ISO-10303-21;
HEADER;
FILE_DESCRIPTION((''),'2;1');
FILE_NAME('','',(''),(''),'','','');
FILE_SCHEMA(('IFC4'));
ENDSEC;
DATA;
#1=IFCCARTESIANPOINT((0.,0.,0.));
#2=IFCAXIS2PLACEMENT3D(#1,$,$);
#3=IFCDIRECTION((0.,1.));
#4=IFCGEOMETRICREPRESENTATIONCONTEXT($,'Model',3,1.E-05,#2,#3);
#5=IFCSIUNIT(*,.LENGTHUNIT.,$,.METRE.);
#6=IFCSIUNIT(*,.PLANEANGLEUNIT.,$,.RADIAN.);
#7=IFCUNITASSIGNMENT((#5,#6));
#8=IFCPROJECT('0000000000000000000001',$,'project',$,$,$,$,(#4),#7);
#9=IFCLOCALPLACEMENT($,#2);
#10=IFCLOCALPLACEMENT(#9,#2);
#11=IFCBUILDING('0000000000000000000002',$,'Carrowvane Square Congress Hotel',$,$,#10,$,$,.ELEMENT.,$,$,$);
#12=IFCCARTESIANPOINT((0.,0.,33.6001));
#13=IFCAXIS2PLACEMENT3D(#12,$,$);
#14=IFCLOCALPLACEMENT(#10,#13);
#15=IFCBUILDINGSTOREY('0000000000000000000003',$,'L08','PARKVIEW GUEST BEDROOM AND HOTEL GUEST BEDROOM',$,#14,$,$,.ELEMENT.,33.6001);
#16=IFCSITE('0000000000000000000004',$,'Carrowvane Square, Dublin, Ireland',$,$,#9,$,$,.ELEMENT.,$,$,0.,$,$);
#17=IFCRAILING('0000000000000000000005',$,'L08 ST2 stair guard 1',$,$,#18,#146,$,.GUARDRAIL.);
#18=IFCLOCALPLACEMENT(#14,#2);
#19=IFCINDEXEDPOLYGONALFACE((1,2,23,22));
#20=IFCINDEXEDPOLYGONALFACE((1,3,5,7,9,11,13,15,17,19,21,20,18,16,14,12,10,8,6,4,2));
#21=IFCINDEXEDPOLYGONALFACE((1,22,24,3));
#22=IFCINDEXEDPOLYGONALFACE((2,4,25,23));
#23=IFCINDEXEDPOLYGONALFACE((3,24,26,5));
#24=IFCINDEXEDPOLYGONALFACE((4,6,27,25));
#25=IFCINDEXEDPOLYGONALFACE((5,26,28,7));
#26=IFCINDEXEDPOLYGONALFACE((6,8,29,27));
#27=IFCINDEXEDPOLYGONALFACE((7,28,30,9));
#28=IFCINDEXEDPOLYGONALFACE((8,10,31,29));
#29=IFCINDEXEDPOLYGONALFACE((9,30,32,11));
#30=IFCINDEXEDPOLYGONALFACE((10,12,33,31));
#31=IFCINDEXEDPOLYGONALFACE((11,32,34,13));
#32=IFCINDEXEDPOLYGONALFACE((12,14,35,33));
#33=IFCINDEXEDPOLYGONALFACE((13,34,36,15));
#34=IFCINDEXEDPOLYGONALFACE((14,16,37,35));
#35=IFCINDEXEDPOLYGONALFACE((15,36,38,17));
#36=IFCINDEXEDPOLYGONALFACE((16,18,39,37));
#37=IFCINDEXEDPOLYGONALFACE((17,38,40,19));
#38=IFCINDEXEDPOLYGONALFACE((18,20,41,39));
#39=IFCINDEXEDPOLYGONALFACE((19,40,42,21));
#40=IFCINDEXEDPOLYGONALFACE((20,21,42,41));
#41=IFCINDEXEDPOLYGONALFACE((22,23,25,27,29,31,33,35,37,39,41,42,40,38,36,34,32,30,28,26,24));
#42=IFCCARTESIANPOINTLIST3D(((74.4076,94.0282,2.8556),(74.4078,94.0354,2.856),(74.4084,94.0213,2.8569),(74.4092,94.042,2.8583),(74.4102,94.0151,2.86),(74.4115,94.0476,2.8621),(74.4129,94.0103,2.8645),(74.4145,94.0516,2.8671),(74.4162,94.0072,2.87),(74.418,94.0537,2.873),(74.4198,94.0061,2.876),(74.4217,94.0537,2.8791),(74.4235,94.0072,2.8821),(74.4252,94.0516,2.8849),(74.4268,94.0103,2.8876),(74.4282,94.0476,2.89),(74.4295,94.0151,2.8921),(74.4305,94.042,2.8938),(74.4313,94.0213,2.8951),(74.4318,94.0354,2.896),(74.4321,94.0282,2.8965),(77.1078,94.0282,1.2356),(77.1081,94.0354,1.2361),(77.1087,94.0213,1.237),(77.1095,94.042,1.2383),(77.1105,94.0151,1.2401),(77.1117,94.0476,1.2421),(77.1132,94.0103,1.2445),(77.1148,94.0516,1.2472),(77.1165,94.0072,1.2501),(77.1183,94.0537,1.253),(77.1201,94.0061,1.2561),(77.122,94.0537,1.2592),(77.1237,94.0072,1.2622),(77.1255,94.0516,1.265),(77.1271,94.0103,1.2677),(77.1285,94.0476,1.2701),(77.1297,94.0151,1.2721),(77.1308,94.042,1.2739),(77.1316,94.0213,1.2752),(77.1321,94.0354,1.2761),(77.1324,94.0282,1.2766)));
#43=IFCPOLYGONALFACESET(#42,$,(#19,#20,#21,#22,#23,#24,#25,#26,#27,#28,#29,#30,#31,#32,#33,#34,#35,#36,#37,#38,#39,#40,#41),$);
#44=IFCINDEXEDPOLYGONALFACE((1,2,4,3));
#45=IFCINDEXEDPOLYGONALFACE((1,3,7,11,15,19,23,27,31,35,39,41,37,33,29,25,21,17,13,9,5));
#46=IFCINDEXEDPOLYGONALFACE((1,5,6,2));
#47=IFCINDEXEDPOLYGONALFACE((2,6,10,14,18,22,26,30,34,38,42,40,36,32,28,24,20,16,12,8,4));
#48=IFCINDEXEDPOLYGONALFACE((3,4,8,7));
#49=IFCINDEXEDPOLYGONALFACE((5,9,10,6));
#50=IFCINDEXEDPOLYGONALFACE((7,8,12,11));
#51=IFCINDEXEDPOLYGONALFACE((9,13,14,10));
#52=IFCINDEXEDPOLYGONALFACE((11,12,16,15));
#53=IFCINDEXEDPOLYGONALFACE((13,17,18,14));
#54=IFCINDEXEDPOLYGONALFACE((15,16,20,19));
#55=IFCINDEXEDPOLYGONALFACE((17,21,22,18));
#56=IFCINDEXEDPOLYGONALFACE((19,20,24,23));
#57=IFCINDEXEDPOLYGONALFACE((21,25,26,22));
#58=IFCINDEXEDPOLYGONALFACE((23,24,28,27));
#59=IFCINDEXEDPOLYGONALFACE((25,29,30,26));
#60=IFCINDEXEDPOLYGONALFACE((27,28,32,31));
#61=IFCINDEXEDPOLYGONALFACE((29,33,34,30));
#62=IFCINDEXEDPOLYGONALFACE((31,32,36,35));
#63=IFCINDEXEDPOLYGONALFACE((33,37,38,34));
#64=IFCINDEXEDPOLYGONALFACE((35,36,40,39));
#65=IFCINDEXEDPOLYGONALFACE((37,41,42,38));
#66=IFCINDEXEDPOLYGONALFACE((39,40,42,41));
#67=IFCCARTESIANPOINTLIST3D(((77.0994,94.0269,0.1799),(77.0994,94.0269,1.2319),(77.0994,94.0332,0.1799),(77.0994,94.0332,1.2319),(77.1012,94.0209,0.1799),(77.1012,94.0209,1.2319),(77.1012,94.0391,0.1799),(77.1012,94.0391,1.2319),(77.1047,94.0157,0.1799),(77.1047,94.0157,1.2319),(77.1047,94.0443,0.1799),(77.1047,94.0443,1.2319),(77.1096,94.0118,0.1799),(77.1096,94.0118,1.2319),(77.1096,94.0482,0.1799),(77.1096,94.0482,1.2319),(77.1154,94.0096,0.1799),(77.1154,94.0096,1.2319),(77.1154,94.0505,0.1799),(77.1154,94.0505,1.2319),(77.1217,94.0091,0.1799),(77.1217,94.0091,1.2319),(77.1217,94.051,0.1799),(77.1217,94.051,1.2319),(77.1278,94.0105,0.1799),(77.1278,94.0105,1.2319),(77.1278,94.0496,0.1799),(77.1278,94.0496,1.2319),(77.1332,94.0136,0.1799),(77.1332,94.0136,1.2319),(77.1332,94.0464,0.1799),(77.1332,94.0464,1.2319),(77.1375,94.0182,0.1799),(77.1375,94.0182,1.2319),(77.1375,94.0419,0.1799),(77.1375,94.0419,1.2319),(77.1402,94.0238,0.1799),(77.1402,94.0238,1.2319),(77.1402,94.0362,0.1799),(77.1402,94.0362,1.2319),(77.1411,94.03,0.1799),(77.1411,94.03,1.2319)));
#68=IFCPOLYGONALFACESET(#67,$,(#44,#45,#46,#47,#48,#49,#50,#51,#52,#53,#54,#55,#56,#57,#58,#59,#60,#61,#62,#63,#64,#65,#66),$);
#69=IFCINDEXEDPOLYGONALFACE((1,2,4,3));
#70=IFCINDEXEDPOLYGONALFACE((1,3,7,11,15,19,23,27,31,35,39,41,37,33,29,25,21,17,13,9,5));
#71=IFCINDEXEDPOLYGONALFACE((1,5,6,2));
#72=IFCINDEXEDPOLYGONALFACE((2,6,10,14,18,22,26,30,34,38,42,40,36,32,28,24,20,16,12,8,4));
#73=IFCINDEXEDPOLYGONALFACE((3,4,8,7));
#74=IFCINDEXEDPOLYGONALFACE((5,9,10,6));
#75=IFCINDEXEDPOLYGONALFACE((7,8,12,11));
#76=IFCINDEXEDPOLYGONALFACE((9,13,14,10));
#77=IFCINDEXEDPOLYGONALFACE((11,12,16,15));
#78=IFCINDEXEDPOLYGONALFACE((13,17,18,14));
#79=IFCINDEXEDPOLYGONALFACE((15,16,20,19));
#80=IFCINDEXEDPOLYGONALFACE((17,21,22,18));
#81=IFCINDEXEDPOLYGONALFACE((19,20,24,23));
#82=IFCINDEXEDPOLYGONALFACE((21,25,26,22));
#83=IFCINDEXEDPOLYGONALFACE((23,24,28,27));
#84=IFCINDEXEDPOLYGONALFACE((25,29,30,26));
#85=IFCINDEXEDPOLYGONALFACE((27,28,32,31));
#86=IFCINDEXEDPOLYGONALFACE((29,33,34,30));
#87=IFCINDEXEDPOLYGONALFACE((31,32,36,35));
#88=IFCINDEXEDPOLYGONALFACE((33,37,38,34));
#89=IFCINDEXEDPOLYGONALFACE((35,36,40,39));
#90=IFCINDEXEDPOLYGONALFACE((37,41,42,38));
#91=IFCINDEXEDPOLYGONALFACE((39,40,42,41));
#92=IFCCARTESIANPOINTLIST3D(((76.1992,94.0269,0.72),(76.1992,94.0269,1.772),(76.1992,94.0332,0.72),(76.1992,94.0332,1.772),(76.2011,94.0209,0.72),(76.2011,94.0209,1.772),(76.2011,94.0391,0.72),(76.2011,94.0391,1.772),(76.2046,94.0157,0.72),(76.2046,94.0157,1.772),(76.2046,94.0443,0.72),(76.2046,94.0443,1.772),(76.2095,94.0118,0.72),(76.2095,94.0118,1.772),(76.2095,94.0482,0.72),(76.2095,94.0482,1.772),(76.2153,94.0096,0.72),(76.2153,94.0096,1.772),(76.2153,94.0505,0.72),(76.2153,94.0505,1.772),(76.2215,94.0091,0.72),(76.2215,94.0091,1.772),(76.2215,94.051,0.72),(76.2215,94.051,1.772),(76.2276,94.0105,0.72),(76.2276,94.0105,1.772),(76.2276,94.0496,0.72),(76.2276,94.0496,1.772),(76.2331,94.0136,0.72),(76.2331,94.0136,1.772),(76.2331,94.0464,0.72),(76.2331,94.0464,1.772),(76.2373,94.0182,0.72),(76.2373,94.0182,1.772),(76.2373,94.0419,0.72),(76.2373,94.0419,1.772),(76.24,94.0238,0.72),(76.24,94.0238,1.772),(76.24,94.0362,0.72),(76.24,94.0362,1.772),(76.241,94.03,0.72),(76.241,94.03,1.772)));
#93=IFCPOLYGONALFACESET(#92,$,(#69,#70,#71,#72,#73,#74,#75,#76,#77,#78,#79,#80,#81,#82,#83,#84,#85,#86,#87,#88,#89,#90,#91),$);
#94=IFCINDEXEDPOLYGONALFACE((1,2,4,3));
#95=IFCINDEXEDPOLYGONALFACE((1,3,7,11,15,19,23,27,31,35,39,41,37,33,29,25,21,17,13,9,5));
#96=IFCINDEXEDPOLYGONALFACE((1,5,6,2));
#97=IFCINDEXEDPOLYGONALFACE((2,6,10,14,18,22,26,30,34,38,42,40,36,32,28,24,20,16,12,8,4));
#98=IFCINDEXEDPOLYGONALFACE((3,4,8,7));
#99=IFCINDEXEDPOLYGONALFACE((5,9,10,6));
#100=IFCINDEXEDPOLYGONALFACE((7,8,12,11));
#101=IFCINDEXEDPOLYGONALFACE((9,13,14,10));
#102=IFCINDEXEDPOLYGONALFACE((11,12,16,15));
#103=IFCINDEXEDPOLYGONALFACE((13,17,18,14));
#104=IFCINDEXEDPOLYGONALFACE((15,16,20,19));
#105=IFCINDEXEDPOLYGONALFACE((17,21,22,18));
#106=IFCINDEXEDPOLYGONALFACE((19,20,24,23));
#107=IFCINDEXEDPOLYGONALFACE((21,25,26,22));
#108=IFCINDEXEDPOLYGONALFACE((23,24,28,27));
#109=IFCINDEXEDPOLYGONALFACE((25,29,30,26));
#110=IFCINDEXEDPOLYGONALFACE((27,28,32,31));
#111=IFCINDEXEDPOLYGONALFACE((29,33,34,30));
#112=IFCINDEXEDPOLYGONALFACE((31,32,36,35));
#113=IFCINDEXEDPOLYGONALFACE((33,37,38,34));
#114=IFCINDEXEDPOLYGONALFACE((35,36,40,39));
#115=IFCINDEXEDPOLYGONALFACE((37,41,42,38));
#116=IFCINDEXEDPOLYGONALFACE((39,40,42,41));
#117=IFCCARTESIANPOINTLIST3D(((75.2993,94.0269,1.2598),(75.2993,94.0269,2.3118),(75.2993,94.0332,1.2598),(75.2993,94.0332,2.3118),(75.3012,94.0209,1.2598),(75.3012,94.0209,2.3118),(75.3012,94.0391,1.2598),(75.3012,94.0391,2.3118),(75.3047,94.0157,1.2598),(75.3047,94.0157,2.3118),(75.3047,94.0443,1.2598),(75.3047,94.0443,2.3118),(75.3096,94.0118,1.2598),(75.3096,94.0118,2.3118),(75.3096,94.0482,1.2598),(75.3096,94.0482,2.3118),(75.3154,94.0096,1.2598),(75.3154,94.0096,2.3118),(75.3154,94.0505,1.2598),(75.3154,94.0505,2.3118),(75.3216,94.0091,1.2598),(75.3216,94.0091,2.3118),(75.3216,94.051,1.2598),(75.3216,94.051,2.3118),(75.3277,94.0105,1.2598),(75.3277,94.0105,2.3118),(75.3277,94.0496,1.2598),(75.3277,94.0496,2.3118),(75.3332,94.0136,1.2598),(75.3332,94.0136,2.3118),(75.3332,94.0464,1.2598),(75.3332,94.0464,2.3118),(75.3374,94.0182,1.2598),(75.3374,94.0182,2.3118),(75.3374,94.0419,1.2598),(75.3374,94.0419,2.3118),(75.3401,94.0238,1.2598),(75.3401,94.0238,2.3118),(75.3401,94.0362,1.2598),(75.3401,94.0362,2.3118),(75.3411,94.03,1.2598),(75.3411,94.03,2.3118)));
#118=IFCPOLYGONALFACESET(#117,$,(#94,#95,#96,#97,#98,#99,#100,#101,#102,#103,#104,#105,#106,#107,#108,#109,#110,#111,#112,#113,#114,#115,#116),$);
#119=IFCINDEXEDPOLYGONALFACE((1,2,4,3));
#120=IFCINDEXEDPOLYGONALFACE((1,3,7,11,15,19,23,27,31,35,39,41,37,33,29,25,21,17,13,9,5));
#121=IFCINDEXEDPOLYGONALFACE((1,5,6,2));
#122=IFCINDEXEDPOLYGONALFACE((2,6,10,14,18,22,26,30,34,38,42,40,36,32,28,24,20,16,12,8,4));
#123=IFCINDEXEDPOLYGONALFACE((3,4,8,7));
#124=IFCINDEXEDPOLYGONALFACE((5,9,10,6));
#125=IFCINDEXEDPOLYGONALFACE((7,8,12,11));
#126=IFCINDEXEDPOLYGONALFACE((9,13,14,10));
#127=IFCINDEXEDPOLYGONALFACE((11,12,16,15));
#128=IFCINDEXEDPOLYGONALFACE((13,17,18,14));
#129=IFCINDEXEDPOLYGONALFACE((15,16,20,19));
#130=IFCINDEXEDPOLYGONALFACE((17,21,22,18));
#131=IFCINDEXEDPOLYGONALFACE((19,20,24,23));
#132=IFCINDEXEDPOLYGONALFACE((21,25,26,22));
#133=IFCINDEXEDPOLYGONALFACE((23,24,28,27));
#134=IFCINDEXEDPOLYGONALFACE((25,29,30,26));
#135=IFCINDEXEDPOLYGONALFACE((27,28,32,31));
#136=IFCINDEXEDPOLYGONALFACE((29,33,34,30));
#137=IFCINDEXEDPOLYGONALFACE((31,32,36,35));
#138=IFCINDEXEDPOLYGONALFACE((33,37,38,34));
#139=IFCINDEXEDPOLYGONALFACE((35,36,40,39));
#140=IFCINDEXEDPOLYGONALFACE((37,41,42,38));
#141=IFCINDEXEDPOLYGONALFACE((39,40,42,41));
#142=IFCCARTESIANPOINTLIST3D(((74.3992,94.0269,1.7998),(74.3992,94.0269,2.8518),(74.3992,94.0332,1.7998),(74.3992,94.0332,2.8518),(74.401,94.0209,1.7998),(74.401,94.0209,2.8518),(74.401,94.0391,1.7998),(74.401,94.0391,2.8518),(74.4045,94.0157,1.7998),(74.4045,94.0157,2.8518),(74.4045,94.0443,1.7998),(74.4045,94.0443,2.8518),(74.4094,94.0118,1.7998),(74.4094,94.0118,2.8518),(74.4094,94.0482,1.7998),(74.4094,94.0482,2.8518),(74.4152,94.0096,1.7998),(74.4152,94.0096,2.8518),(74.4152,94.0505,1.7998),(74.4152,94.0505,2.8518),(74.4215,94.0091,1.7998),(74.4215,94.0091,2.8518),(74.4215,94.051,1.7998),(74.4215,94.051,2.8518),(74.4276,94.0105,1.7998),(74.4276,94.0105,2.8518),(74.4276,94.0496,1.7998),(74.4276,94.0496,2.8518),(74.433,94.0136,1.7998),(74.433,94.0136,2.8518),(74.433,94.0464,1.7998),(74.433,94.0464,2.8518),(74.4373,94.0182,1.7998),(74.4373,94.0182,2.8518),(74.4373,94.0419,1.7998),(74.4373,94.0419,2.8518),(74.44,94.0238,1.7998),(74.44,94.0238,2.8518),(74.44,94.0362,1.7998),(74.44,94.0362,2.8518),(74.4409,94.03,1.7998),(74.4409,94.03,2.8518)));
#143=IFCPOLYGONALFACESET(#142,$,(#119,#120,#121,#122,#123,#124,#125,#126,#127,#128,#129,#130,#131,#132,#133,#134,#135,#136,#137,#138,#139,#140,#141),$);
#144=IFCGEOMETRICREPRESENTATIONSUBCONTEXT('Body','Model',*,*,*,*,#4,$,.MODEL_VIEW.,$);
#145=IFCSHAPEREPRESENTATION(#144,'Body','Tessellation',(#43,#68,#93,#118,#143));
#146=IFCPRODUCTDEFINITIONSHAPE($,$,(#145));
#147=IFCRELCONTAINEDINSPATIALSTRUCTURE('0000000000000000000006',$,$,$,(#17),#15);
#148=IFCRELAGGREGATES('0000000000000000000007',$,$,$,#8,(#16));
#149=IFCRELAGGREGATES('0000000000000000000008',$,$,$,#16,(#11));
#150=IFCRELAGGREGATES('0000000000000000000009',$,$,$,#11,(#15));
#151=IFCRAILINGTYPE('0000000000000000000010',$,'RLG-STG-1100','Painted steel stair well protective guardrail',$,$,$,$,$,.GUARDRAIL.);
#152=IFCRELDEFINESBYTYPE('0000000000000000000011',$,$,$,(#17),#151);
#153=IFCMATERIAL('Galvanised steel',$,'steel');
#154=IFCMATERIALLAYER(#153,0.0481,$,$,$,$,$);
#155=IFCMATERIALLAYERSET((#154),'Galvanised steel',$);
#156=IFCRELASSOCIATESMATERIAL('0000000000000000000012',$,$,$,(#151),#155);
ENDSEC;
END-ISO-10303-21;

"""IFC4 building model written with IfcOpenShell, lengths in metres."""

from ifc_helpers import new_model, si_unit, direction, frame, origin, origin_2d, place, context, subcontext, project, spatial, circle, extrude, material, layer, layer_set, type_object, element, save


model = new_model("IFC4")

# Units and contexts
model_context = context("Model", 3, precision=1e-05, world=origin(), true_north=direction((0.0, 1.0)))
body_context = subcontext(model_context, "Body", "Model", "MODEL_VIEW")
ifc_project = project(units=[si_unit("LENGTHUNIT", "METRE"), si_unit("PLANEANGLEUNIT", "RADIAN")], contexts=[model_context])

# Site, building, storey
site_placement = place(None, origin())
site = spatial("IfcSite", under=ifc_project, at=site_placement, Name="Carrowvane Square, Dublin, Ireland", CompositionType="ELEMENT", RefElevation=0.0)
building_placement = place(site_placement, origin())
building = spatial("IfcBuilding", under=site, at=building_placement, Name="Carrowvane Square Congress Hotel", CompositionType="ELEMENT")
storey_placement = place(building_placement, frame((0.0, 0.0, 33.6001)))
storey = spatial("IfcBuildingStorey", under=building, at=storey_placement, Name="L08", Description="PARKVIEW GUEST BEDROOM AND HOTEL GUEST BEDROOM", CompositionType="ELEMENT", Elevation=33.6001)

# Railing
ifc_material_1 = material(Name="Galvanised steel", Category="steel")
ifc_layer_1 = layer(ifc_material_1, 0.0481)
ifc_layer_set_1 = layer_set([ifc_layer_1], Name="Galvanised steel")
railing_type_1 = type_object("IfcRailingType", Name="RLG-STG-1100", Description="Painted steel stair well protective guardrail", PredefinedType="GUARDRAIL", material=ifc_layer_set_1)
railing_1_placement = place(storey_placement, frame((77.1201, 94.03, 0.1799)))
element("IfcRailing", 1, at=railing_1_placement, inside=storey, type_object=railing_type_1, Name="L08 ST2 stair guard 1", PredefinedType="GUARDRAIL", context=body_context, shape_type="SweptSolid", body=[
    extrude(circle(Radius=0.0239, at=origin_2d()), frame((0.0, 0.0, 1.0762), z_axis=(-0.857527, 0.0, 0.514439), x_axis=(0.0, -1.0, 0.0)), (0.0, 0.0, 1.0), 3.1489),
    extrude(circle(Radius=0.021, at=origin_2d()), origin(), (0.0, 0.0, 1.0), 1.052),
    extrude(circle(Radius=0.021, at=origin_2d()), frame((-0.9001, 0.0, 0.54)), (0.0, 0.0, 1.0), 1.052),
    extrude(circle(Radius=0.021, at=origin_2d()), frame((-1.8, 0.0, 1.0798)), (0.0, 0.0, 1.0), 1.052),
    extrude(circle(Radius=0.021, at=origin_2d()), frame((-2.7002, 0.0, 1.6199)), (0.0, 0.0, 1.0), 1.052),
])

save(model, "model.ifc")
